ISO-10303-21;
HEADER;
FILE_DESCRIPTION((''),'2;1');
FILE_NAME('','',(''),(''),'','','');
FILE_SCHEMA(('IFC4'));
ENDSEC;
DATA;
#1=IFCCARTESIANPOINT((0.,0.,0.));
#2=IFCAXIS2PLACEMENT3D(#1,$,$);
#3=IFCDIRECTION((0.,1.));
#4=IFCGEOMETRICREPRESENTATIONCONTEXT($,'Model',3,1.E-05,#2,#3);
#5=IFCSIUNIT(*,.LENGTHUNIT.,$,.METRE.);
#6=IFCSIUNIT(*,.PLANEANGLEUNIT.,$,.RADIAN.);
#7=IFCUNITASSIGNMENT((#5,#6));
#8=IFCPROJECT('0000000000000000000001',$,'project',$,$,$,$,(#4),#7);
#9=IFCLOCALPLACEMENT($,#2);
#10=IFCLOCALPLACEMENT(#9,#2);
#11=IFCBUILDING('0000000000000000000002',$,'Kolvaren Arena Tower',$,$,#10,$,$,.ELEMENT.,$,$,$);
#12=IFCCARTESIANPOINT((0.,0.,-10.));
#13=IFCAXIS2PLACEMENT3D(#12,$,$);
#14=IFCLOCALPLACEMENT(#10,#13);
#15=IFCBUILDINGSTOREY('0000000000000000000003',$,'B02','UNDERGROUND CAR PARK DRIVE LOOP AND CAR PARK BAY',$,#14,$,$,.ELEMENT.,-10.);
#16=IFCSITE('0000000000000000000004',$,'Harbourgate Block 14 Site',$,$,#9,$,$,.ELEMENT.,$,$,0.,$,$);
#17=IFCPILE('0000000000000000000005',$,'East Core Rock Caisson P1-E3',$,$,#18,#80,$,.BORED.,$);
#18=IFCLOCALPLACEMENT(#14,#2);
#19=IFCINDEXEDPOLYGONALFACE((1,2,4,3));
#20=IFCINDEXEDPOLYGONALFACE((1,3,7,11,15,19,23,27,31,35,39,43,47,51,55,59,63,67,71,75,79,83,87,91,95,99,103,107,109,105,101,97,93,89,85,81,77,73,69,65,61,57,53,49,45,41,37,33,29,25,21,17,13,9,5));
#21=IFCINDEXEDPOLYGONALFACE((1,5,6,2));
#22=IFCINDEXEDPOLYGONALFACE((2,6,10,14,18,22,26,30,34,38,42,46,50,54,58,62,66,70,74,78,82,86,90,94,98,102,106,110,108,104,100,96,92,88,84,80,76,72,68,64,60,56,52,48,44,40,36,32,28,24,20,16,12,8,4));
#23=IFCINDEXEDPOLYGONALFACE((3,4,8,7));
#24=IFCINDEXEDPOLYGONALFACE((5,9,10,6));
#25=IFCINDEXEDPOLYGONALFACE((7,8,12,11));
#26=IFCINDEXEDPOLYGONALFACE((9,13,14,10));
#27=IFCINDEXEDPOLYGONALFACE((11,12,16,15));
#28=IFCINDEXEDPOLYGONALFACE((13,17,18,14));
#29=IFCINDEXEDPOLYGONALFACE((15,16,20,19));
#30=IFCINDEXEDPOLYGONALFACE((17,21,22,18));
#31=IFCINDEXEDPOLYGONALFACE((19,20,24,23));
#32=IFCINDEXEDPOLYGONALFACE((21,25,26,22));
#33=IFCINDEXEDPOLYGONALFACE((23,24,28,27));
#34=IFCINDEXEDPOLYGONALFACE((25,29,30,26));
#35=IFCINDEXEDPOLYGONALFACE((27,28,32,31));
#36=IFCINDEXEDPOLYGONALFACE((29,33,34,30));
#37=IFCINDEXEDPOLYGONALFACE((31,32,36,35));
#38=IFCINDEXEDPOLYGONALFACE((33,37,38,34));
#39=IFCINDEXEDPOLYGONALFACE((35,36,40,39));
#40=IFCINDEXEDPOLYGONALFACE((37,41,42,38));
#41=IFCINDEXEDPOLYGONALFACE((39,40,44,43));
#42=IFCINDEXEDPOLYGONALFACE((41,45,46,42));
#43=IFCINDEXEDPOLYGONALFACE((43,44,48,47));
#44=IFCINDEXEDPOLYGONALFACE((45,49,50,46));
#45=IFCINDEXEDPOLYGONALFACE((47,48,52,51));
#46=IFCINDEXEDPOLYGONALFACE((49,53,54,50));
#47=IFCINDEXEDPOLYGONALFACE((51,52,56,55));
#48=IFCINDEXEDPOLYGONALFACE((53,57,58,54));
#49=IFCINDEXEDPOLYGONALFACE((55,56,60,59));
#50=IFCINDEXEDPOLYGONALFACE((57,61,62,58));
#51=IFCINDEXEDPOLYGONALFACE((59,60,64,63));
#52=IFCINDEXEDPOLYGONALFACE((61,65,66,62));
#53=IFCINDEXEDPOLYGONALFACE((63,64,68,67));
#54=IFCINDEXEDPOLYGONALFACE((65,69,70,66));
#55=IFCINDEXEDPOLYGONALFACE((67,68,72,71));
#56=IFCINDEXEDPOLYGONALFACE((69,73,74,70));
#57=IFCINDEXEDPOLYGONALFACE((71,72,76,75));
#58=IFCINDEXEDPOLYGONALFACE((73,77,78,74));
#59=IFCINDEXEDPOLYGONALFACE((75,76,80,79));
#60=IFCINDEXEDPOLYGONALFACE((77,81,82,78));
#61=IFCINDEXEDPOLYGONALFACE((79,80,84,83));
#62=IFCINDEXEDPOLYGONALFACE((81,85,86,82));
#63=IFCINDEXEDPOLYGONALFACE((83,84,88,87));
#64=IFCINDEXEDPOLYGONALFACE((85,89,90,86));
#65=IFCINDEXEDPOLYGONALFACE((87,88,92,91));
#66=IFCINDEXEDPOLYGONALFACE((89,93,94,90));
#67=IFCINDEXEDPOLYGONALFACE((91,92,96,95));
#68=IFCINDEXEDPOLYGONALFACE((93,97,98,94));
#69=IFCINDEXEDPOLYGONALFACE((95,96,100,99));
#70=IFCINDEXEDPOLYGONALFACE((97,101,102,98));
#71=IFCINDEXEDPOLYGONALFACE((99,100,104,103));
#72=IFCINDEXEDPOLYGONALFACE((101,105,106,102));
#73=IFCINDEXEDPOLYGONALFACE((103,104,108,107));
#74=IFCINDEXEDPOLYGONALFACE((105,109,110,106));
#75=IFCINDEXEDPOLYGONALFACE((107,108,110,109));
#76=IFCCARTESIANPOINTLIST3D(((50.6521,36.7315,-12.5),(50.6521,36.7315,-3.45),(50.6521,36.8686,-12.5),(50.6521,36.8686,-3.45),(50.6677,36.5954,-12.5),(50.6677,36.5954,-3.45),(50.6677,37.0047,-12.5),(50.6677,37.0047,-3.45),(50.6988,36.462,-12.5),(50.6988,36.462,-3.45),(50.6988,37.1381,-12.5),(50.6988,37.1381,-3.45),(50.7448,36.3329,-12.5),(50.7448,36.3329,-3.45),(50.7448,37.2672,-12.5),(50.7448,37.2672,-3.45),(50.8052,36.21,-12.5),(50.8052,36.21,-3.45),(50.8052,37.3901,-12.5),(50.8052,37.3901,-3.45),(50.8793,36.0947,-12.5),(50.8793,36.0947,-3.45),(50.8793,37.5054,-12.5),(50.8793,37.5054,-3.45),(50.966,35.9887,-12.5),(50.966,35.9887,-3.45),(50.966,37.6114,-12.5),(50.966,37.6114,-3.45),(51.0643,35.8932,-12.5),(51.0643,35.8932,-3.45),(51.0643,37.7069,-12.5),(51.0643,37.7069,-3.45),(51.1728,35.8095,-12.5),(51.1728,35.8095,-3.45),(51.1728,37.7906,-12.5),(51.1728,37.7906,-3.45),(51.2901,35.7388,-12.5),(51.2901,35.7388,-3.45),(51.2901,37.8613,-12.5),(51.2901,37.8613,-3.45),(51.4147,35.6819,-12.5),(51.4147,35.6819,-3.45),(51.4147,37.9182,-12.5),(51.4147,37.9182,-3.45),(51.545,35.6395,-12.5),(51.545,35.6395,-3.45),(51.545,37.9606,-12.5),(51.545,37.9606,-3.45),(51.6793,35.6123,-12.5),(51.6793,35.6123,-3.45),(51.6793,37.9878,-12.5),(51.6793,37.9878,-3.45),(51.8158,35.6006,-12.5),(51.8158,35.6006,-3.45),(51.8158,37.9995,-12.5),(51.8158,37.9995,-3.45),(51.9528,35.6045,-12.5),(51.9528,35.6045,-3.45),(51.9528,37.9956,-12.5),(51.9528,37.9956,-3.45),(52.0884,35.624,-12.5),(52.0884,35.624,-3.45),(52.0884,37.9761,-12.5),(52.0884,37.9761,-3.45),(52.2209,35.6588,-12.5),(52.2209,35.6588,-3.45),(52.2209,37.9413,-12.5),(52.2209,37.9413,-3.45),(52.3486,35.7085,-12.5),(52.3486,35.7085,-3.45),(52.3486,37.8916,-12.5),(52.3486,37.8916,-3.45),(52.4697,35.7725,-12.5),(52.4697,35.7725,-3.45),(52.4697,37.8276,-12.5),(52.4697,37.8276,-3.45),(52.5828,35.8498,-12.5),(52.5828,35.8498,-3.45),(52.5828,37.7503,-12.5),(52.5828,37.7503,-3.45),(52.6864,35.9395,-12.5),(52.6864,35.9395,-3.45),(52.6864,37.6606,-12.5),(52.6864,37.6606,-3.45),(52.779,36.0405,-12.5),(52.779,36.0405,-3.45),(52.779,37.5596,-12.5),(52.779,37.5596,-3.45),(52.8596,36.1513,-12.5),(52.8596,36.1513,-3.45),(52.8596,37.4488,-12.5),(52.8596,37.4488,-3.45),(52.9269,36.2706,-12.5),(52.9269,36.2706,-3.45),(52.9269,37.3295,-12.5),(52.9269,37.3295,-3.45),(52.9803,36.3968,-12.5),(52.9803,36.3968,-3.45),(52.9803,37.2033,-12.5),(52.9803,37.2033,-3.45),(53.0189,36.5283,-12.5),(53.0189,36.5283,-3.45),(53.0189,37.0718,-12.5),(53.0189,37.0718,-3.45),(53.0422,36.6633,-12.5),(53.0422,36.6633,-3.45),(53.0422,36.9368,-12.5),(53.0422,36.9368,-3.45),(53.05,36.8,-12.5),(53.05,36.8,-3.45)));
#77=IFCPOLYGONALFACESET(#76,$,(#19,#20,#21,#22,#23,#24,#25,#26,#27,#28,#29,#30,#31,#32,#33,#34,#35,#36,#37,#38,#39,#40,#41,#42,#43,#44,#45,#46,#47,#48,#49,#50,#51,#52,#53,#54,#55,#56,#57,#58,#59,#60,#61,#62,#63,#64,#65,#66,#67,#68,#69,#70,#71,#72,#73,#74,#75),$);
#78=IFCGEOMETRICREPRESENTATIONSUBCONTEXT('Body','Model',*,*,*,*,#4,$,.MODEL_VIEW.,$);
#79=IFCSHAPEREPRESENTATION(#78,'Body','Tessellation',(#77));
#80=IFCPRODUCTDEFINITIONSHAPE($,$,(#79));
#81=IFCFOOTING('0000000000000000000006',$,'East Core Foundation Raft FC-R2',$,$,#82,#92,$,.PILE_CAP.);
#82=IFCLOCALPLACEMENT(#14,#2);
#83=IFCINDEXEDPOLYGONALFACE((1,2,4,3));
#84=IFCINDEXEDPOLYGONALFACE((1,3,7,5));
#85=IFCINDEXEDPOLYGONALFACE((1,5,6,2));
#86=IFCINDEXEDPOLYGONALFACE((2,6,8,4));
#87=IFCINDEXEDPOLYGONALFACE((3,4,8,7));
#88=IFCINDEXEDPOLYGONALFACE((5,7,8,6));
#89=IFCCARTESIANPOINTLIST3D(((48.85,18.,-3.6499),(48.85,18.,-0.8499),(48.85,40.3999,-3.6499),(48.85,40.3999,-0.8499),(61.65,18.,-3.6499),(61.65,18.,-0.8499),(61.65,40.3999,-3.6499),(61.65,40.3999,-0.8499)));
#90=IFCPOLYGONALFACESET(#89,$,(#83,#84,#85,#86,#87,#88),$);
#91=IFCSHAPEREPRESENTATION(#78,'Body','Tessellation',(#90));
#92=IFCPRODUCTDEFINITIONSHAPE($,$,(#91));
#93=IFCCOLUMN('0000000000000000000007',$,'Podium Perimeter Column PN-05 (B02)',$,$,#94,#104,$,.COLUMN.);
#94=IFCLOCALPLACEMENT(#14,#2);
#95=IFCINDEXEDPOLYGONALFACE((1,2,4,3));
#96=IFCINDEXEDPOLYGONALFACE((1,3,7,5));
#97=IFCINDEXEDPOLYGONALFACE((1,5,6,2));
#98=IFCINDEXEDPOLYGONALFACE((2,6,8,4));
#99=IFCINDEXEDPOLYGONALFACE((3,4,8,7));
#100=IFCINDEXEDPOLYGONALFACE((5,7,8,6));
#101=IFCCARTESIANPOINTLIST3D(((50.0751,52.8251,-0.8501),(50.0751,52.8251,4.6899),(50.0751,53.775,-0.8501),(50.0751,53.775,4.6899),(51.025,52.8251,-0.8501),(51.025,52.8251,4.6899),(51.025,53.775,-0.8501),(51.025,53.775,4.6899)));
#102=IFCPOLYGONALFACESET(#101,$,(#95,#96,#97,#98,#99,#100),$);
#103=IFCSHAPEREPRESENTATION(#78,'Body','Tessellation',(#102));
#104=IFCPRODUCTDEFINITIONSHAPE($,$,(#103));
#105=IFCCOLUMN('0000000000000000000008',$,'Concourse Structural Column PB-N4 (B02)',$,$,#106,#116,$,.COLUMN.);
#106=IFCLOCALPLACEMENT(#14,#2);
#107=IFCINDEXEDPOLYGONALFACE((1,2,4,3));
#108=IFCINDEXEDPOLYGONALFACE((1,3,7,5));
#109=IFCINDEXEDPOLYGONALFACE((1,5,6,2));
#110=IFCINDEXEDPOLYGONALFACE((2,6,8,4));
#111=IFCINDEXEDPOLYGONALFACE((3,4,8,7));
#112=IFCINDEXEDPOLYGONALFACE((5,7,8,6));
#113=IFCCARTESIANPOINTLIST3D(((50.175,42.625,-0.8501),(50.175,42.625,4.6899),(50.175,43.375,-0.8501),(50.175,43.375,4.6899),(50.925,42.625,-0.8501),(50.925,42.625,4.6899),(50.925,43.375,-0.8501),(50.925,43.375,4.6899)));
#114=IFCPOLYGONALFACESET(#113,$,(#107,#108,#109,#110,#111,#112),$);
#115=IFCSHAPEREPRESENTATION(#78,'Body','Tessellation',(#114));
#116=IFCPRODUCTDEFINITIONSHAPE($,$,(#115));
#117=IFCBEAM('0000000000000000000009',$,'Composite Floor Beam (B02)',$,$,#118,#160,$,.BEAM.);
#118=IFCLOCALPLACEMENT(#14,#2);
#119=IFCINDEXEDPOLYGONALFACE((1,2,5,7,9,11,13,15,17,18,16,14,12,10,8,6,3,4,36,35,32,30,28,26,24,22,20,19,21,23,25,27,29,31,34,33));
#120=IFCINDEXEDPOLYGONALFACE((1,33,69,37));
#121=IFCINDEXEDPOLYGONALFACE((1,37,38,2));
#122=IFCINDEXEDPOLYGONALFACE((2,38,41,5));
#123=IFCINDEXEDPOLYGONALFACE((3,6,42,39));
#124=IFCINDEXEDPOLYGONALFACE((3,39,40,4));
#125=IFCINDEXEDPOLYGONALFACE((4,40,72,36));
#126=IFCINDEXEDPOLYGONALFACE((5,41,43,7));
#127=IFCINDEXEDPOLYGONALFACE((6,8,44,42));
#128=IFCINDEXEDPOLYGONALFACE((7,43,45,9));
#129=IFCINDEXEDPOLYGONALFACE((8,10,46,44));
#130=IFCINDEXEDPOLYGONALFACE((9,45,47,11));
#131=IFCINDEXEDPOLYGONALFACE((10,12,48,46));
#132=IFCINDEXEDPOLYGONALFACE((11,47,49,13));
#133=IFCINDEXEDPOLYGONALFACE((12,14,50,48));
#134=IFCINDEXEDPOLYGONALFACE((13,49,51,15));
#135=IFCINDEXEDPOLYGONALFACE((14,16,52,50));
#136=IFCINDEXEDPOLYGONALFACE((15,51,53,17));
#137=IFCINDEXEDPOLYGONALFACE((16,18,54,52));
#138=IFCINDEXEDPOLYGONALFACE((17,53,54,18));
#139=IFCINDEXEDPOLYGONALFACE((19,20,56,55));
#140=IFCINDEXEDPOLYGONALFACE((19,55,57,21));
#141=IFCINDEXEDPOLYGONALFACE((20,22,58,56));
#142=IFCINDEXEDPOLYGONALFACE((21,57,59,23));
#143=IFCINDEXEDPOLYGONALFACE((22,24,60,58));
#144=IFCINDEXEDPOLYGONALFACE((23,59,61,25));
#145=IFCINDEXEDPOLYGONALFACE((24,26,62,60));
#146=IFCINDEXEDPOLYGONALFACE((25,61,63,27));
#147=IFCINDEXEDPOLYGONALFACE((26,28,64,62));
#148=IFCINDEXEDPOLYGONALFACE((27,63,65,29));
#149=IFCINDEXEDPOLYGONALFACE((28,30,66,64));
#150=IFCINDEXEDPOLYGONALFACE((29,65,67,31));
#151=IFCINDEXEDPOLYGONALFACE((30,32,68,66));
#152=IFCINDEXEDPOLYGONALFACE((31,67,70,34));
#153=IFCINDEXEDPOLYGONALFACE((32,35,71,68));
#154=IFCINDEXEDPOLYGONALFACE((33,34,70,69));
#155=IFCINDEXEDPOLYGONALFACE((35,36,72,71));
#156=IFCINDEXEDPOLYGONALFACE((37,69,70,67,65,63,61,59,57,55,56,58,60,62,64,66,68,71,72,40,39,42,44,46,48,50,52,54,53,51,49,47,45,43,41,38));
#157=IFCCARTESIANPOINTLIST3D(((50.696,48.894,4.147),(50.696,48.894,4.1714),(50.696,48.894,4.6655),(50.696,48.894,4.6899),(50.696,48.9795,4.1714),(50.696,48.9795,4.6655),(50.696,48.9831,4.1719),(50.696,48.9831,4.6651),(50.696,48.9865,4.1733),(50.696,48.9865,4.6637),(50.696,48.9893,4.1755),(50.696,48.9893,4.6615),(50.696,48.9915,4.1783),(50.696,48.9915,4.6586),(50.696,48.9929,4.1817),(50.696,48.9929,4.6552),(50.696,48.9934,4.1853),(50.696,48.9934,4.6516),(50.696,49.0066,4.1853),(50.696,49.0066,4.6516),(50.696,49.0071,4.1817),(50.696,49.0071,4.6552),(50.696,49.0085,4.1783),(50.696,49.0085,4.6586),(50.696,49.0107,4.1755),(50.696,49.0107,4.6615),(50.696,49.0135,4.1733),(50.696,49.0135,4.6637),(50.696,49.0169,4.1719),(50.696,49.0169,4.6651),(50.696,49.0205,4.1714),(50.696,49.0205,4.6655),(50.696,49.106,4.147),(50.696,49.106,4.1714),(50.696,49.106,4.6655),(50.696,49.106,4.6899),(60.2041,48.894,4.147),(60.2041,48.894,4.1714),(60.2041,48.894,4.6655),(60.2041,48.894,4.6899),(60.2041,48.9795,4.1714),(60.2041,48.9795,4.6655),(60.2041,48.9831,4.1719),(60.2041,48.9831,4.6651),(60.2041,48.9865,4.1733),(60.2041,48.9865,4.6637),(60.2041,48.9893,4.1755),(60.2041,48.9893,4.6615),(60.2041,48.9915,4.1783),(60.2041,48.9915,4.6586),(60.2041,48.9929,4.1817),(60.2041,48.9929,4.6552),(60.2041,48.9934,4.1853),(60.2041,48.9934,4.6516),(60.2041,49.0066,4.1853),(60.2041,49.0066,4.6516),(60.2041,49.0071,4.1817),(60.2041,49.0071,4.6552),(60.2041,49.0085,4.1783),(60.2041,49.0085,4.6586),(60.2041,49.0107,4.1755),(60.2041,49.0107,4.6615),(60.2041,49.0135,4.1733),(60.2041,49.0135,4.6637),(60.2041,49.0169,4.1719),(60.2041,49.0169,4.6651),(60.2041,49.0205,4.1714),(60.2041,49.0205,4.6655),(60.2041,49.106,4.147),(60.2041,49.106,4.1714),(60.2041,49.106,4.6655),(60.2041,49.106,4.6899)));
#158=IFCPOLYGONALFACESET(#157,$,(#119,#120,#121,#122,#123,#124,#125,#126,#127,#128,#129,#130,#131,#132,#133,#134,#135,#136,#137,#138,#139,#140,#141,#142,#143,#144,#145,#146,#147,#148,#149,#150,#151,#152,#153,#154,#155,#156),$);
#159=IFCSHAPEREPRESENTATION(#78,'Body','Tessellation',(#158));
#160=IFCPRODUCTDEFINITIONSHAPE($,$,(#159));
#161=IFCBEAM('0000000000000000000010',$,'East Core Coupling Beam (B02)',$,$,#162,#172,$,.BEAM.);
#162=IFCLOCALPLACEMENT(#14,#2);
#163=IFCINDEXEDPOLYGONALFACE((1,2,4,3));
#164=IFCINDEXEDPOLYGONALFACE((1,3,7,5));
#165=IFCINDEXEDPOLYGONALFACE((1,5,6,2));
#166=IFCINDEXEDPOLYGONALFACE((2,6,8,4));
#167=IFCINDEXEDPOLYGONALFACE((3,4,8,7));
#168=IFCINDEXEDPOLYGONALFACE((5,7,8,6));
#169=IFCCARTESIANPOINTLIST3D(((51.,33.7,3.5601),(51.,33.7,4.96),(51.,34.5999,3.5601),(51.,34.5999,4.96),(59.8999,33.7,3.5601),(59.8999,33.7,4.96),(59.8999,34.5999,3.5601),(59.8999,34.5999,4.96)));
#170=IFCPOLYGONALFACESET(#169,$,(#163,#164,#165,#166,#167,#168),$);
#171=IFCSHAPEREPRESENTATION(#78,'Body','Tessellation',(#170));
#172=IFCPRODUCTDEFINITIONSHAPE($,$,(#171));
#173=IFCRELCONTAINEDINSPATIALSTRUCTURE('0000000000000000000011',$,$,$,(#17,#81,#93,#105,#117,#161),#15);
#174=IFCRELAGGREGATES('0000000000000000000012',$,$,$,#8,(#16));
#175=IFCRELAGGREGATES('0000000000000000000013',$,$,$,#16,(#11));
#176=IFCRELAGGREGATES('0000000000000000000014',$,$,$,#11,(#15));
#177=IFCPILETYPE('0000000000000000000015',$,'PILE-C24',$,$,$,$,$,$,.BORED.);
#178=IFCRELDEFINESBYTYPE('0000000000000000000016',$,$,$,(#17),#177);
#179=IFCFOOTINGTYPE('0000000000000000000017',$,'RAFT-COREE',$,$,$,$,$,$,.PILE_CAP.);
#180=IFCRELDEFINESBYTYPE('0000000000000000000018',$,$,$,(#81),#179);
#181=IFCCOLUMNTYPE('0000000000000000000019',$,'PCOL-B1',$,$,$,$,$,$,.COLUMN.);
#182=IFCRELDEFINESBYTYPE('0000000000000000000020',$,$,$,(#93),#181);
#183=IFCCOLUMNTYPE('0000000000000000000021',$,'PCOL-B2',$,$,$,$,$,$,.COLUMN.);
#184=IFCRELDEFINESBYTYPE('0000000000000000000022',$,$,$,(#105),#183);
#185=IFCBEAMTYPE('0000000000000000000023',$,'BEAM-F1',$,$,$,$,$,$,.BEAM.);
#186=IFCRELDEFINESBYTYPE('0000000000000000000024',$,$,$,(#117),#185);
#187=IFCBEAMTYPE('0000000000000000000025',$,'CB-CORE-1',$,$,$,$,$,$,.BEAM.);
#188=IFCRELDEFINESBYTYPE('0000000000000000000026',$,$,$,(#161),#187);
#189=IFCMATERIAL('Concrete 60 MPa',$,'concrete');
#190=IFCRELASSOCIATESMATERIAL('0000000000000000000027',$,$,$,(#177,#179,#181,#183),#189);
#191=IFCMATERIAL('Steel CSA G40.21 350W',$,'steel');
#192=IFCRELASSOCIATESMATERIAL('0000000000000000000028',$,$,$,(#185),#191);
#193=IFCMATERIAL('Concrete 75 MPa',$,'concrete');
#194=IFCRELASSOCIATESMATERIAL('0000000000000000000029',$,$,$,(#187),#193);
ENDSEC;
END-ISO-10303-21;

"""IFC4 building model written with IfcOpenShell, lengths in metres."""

from ifc_helpers import new_model, si_unit, direction, frame, origin, origin_2d, place, context, subcontext, project, spatial, rectangle, circle, i_section, extrude, material, material_profile, profile_set, type_object, element, save


model = new_model("IFC4")

# Units and contexts
model_context = context("Model", 3, precision=1e-05, world=origin(), true_north=direction((0.0, 1.0)))
body_context = subcontext(model_context, "Body", "Model", "MODEL_VIEW")
ifc_project = project(units=[si_unit("LENGTHUNIT", "METRE"), si_unit("PLANEANGLEUNIT", "RADIAN")], contexts=[model_context])

# Site, building, storey
site_placement = place(None, origin())
site = spatial("IfcSite", under=ifc_project, at=site_placement, Name="Harbourgate Block 14 Site", CompositionType="ELEMENT", RefElevation=0.0)
building_placement = place(site_placement, origin())
building = spatial("IfcBuilding", under=site, at=building_placement, Name="Kolvaren Arena Tower", CompositionType="ELEMENT")
storey_placement = place(building_placement, frame((0.0, 0.0, -10.0)))
storey = spatial("IfcBuildingStorey", under=building, at=storey_placement, Name="B02", Description="UNDERGROUND CAR PARK DRIVE LOOP AND CAR PARK BAY", CompositionType="ELEMENT", Elevation=-10.0)

# Pile
ifc_material_1 = material(Name="Concrete 60 MPa", Category="concrete")
ifc_material_profile_1 = material_profile(ifc_material_1, circle(Radius=1.2, at=origin_2d()), Name="CAISSON-D2400")
ifc_profile_set_1 = profile_set([ifc_material_profile_1], Name="Concrete 60 MPa")
pile_type_1 = type_object("IfcPileType", Name="PILE-C24", PredefinedType="BORED", material=ifc_profile_set_1)
for number, where, z_axis, x_axis, name in (
    (1, (51.8501, 36.8, -3.45), (0.0, 0.0, -1.0), (1.0, 0.0, 0.0), "East Core Rock Caisson P1-E3"),
):
    element("IfcPile", number, at=place(storey_placement, frame(where, z_axis=z_axis, x_axis=x_axis)), inside=storey, type_object=pile_type_1, Name=name, PredefinedType="BORED", context=body_context, shape_type="SweptSolid", body=[
        extrude(circle(Radius=1.2, at=origin_2d()), origin(), (0.0, 0.0, 1.0), 9.05),
    ])

# Footing
footing_type_1 = type_object("IfcFootingType", Name="RAFT-COREE", PredefinedType="PILE_CAP", material=ifc_material_1)
footing_1_placement = place(storey_placement, frame((55.25, 29.2, -3.6499), z_axis=(0.0, 0.0, 1.0), x_axis=(1.0, 0.0, 0.0)))
element("IfcFooting", 2, at=footing_1_placement, inside=storey, type_object=footing_type_1, Name="East Core Foundation Raft FC-R2", PredefinedType="PILE_CAP", context=body_context, shape_type="SweptSolid", body=[
    extrude(rectangle(XDim=12.8, YDim=22.3999, at=origin_2d()), origin(), (0.0, 0.0, 1.0), 2.8),
])

# Columns
ifc_material_profile_2 = material_profile(ifc_material_1, rectangle(XDim=0.95, YDim=0.95, at=origin_2d()), Name="RC-950x950")
ifc_profile_set_2 = profile_set([ifc_material_profile_2], Name="Concrete 60 MPa")
column_type_1 = type_object("IfcColumnType", Name="PCOL-B1", PredefinedType="COLUMN", material=ifc_profile_set_2)
column_1_placement = place(storey_placement, frame((50.55, 53.3, -0.8501), z_axis=(0.0, 0.0, 1.0), x_axis=(1.0, 0.0, 0.0)))
element("IfcColumn", 3, at=column_1_placement, inside=storey, type_object=column_type_1, Name="Podium Perimeter Column PN-05 (B02)", PredefinedType="COLUMN", context=body_context, shape_type="SweptSolid", body=[
    extrude(rectangle(XDim=0.95, YDim=0.95, at=origin_2d()), origin(), (0.0, 0.0, 1.0), 5.54),
])
ifc_material_profile_3 = material_profile(ifc_material_1, rectangle(XDim=0.75, YDim=0.75, at=origin_2d()), Name="RC-750x750")
ifc_profile_set_3 = profile_set([ifc_material_profile_3], Name="Concrete 60 MPa")
column_type_2 = type_object("IfcColumnType", Name="PCOL-B2", PredefinedType="COLUMN", material=ifc_profile_set_3)
column_2_placement = place(storey_placement, frame((50.55, 43.0, -0.8501), z_axis=(0.0, 0.0, 1.0), x_axis=(1.0, 0.0, 0.0)))
element("IfcColumn", 4, at=column_2_placement, inside=storey, type_object=column_type_2, Name="Concourse Structural Column PB-N4 (B02)", PredefinedType="COLUMN", context=body_context, shape_type="SweptSolid", body=[
    extrude(rectangle(XDim=0.75, YDim=0.75, at=origin_2d()), origin(), (0.0, 0.0, 1.0), 5.54),
])

# Beams
ifc_material_2 = material(Name="Steel CSA G40.21 350W", Category="steel")
ifc_material_profile_4 = material_profile(ifc_material_2, i_section(OverallWidth=0.2119, OverallDepth=0.543, WebThickness=0.0132, FlangeThickness=0.0244, FilletRadius=0.0139, at=origin_2d()), Name="W530x150")
ifc_profile_set_4 = profile_set([ifc_material_profile_4], Name="Steel CSA G40.21 350W")
beam_type_1 = type_object("IfcBeamType", Name="BEAM-F1", PredefinedType="BEAM", material=ifc_profile_set_4)
beam_1_placement = place(storey_placement, frame((50.696, 49.0, 4.4185), z_axis=(1.0, 0.0, 0.0), x_axis=(0.0, 1.0, 0.0)))
element("IfcBeam", 5, at=beam_1_placement, inside=storey, type_object=beam_type_1, Name="Composite Floor Beam (B02)", PredefinedType="BEAM", context=body_context, shape_type="SweptSolid", body=[
    extrude(i_section(OverallWidth=0.2119, OverallDepth=0.543, WebThickness=0.0132, FlangeThickness=0.0244, FilletRadius=0.0139, at=origin_2d()), origin(), (0.0, 0.0, 1.0), 9.5081),
])
ifc_material_3 = material(Name="Concrete 75 MPa", Category="concrete")
ifc_material_profile_5 = material_profile(ifc_material_3, rectangle(XDim=0.8999, YDim=1.3999, at=origin_2d()), Name="RC-900x1400")
ifc_profile_set_5 = profile_set([ifc_material_profile_5], Name="Concrete 75 MPa")
beam_type_2 = type_object("IfcBeamType", Name="CB-CORE-1", PredefinedType="BEAM", material=ifc_profile_set_5)
beam_2_placement = place(storey_placement, frame((51.0, 34.1499, 4.26), z_axis=(1.0, 0.0, 0.0), x_axis=(0.0, 1.0, 0.0)))
element("IfcBeam", 6, at=beam_2_placement, inside=storey, type_object=beam_type_2, Name="East Core Coupling Beam (B02)", PredefinedType="BEAM", context=body_context, shape_type="SweptSolid", body=[
    extrude(rectangle(XDim=0.8999, YDim=1.3999, at=origin_2d()), origin(), (0.0, 0.0, 1.0), 8.8999),
])

save(model, "model.ifc")
